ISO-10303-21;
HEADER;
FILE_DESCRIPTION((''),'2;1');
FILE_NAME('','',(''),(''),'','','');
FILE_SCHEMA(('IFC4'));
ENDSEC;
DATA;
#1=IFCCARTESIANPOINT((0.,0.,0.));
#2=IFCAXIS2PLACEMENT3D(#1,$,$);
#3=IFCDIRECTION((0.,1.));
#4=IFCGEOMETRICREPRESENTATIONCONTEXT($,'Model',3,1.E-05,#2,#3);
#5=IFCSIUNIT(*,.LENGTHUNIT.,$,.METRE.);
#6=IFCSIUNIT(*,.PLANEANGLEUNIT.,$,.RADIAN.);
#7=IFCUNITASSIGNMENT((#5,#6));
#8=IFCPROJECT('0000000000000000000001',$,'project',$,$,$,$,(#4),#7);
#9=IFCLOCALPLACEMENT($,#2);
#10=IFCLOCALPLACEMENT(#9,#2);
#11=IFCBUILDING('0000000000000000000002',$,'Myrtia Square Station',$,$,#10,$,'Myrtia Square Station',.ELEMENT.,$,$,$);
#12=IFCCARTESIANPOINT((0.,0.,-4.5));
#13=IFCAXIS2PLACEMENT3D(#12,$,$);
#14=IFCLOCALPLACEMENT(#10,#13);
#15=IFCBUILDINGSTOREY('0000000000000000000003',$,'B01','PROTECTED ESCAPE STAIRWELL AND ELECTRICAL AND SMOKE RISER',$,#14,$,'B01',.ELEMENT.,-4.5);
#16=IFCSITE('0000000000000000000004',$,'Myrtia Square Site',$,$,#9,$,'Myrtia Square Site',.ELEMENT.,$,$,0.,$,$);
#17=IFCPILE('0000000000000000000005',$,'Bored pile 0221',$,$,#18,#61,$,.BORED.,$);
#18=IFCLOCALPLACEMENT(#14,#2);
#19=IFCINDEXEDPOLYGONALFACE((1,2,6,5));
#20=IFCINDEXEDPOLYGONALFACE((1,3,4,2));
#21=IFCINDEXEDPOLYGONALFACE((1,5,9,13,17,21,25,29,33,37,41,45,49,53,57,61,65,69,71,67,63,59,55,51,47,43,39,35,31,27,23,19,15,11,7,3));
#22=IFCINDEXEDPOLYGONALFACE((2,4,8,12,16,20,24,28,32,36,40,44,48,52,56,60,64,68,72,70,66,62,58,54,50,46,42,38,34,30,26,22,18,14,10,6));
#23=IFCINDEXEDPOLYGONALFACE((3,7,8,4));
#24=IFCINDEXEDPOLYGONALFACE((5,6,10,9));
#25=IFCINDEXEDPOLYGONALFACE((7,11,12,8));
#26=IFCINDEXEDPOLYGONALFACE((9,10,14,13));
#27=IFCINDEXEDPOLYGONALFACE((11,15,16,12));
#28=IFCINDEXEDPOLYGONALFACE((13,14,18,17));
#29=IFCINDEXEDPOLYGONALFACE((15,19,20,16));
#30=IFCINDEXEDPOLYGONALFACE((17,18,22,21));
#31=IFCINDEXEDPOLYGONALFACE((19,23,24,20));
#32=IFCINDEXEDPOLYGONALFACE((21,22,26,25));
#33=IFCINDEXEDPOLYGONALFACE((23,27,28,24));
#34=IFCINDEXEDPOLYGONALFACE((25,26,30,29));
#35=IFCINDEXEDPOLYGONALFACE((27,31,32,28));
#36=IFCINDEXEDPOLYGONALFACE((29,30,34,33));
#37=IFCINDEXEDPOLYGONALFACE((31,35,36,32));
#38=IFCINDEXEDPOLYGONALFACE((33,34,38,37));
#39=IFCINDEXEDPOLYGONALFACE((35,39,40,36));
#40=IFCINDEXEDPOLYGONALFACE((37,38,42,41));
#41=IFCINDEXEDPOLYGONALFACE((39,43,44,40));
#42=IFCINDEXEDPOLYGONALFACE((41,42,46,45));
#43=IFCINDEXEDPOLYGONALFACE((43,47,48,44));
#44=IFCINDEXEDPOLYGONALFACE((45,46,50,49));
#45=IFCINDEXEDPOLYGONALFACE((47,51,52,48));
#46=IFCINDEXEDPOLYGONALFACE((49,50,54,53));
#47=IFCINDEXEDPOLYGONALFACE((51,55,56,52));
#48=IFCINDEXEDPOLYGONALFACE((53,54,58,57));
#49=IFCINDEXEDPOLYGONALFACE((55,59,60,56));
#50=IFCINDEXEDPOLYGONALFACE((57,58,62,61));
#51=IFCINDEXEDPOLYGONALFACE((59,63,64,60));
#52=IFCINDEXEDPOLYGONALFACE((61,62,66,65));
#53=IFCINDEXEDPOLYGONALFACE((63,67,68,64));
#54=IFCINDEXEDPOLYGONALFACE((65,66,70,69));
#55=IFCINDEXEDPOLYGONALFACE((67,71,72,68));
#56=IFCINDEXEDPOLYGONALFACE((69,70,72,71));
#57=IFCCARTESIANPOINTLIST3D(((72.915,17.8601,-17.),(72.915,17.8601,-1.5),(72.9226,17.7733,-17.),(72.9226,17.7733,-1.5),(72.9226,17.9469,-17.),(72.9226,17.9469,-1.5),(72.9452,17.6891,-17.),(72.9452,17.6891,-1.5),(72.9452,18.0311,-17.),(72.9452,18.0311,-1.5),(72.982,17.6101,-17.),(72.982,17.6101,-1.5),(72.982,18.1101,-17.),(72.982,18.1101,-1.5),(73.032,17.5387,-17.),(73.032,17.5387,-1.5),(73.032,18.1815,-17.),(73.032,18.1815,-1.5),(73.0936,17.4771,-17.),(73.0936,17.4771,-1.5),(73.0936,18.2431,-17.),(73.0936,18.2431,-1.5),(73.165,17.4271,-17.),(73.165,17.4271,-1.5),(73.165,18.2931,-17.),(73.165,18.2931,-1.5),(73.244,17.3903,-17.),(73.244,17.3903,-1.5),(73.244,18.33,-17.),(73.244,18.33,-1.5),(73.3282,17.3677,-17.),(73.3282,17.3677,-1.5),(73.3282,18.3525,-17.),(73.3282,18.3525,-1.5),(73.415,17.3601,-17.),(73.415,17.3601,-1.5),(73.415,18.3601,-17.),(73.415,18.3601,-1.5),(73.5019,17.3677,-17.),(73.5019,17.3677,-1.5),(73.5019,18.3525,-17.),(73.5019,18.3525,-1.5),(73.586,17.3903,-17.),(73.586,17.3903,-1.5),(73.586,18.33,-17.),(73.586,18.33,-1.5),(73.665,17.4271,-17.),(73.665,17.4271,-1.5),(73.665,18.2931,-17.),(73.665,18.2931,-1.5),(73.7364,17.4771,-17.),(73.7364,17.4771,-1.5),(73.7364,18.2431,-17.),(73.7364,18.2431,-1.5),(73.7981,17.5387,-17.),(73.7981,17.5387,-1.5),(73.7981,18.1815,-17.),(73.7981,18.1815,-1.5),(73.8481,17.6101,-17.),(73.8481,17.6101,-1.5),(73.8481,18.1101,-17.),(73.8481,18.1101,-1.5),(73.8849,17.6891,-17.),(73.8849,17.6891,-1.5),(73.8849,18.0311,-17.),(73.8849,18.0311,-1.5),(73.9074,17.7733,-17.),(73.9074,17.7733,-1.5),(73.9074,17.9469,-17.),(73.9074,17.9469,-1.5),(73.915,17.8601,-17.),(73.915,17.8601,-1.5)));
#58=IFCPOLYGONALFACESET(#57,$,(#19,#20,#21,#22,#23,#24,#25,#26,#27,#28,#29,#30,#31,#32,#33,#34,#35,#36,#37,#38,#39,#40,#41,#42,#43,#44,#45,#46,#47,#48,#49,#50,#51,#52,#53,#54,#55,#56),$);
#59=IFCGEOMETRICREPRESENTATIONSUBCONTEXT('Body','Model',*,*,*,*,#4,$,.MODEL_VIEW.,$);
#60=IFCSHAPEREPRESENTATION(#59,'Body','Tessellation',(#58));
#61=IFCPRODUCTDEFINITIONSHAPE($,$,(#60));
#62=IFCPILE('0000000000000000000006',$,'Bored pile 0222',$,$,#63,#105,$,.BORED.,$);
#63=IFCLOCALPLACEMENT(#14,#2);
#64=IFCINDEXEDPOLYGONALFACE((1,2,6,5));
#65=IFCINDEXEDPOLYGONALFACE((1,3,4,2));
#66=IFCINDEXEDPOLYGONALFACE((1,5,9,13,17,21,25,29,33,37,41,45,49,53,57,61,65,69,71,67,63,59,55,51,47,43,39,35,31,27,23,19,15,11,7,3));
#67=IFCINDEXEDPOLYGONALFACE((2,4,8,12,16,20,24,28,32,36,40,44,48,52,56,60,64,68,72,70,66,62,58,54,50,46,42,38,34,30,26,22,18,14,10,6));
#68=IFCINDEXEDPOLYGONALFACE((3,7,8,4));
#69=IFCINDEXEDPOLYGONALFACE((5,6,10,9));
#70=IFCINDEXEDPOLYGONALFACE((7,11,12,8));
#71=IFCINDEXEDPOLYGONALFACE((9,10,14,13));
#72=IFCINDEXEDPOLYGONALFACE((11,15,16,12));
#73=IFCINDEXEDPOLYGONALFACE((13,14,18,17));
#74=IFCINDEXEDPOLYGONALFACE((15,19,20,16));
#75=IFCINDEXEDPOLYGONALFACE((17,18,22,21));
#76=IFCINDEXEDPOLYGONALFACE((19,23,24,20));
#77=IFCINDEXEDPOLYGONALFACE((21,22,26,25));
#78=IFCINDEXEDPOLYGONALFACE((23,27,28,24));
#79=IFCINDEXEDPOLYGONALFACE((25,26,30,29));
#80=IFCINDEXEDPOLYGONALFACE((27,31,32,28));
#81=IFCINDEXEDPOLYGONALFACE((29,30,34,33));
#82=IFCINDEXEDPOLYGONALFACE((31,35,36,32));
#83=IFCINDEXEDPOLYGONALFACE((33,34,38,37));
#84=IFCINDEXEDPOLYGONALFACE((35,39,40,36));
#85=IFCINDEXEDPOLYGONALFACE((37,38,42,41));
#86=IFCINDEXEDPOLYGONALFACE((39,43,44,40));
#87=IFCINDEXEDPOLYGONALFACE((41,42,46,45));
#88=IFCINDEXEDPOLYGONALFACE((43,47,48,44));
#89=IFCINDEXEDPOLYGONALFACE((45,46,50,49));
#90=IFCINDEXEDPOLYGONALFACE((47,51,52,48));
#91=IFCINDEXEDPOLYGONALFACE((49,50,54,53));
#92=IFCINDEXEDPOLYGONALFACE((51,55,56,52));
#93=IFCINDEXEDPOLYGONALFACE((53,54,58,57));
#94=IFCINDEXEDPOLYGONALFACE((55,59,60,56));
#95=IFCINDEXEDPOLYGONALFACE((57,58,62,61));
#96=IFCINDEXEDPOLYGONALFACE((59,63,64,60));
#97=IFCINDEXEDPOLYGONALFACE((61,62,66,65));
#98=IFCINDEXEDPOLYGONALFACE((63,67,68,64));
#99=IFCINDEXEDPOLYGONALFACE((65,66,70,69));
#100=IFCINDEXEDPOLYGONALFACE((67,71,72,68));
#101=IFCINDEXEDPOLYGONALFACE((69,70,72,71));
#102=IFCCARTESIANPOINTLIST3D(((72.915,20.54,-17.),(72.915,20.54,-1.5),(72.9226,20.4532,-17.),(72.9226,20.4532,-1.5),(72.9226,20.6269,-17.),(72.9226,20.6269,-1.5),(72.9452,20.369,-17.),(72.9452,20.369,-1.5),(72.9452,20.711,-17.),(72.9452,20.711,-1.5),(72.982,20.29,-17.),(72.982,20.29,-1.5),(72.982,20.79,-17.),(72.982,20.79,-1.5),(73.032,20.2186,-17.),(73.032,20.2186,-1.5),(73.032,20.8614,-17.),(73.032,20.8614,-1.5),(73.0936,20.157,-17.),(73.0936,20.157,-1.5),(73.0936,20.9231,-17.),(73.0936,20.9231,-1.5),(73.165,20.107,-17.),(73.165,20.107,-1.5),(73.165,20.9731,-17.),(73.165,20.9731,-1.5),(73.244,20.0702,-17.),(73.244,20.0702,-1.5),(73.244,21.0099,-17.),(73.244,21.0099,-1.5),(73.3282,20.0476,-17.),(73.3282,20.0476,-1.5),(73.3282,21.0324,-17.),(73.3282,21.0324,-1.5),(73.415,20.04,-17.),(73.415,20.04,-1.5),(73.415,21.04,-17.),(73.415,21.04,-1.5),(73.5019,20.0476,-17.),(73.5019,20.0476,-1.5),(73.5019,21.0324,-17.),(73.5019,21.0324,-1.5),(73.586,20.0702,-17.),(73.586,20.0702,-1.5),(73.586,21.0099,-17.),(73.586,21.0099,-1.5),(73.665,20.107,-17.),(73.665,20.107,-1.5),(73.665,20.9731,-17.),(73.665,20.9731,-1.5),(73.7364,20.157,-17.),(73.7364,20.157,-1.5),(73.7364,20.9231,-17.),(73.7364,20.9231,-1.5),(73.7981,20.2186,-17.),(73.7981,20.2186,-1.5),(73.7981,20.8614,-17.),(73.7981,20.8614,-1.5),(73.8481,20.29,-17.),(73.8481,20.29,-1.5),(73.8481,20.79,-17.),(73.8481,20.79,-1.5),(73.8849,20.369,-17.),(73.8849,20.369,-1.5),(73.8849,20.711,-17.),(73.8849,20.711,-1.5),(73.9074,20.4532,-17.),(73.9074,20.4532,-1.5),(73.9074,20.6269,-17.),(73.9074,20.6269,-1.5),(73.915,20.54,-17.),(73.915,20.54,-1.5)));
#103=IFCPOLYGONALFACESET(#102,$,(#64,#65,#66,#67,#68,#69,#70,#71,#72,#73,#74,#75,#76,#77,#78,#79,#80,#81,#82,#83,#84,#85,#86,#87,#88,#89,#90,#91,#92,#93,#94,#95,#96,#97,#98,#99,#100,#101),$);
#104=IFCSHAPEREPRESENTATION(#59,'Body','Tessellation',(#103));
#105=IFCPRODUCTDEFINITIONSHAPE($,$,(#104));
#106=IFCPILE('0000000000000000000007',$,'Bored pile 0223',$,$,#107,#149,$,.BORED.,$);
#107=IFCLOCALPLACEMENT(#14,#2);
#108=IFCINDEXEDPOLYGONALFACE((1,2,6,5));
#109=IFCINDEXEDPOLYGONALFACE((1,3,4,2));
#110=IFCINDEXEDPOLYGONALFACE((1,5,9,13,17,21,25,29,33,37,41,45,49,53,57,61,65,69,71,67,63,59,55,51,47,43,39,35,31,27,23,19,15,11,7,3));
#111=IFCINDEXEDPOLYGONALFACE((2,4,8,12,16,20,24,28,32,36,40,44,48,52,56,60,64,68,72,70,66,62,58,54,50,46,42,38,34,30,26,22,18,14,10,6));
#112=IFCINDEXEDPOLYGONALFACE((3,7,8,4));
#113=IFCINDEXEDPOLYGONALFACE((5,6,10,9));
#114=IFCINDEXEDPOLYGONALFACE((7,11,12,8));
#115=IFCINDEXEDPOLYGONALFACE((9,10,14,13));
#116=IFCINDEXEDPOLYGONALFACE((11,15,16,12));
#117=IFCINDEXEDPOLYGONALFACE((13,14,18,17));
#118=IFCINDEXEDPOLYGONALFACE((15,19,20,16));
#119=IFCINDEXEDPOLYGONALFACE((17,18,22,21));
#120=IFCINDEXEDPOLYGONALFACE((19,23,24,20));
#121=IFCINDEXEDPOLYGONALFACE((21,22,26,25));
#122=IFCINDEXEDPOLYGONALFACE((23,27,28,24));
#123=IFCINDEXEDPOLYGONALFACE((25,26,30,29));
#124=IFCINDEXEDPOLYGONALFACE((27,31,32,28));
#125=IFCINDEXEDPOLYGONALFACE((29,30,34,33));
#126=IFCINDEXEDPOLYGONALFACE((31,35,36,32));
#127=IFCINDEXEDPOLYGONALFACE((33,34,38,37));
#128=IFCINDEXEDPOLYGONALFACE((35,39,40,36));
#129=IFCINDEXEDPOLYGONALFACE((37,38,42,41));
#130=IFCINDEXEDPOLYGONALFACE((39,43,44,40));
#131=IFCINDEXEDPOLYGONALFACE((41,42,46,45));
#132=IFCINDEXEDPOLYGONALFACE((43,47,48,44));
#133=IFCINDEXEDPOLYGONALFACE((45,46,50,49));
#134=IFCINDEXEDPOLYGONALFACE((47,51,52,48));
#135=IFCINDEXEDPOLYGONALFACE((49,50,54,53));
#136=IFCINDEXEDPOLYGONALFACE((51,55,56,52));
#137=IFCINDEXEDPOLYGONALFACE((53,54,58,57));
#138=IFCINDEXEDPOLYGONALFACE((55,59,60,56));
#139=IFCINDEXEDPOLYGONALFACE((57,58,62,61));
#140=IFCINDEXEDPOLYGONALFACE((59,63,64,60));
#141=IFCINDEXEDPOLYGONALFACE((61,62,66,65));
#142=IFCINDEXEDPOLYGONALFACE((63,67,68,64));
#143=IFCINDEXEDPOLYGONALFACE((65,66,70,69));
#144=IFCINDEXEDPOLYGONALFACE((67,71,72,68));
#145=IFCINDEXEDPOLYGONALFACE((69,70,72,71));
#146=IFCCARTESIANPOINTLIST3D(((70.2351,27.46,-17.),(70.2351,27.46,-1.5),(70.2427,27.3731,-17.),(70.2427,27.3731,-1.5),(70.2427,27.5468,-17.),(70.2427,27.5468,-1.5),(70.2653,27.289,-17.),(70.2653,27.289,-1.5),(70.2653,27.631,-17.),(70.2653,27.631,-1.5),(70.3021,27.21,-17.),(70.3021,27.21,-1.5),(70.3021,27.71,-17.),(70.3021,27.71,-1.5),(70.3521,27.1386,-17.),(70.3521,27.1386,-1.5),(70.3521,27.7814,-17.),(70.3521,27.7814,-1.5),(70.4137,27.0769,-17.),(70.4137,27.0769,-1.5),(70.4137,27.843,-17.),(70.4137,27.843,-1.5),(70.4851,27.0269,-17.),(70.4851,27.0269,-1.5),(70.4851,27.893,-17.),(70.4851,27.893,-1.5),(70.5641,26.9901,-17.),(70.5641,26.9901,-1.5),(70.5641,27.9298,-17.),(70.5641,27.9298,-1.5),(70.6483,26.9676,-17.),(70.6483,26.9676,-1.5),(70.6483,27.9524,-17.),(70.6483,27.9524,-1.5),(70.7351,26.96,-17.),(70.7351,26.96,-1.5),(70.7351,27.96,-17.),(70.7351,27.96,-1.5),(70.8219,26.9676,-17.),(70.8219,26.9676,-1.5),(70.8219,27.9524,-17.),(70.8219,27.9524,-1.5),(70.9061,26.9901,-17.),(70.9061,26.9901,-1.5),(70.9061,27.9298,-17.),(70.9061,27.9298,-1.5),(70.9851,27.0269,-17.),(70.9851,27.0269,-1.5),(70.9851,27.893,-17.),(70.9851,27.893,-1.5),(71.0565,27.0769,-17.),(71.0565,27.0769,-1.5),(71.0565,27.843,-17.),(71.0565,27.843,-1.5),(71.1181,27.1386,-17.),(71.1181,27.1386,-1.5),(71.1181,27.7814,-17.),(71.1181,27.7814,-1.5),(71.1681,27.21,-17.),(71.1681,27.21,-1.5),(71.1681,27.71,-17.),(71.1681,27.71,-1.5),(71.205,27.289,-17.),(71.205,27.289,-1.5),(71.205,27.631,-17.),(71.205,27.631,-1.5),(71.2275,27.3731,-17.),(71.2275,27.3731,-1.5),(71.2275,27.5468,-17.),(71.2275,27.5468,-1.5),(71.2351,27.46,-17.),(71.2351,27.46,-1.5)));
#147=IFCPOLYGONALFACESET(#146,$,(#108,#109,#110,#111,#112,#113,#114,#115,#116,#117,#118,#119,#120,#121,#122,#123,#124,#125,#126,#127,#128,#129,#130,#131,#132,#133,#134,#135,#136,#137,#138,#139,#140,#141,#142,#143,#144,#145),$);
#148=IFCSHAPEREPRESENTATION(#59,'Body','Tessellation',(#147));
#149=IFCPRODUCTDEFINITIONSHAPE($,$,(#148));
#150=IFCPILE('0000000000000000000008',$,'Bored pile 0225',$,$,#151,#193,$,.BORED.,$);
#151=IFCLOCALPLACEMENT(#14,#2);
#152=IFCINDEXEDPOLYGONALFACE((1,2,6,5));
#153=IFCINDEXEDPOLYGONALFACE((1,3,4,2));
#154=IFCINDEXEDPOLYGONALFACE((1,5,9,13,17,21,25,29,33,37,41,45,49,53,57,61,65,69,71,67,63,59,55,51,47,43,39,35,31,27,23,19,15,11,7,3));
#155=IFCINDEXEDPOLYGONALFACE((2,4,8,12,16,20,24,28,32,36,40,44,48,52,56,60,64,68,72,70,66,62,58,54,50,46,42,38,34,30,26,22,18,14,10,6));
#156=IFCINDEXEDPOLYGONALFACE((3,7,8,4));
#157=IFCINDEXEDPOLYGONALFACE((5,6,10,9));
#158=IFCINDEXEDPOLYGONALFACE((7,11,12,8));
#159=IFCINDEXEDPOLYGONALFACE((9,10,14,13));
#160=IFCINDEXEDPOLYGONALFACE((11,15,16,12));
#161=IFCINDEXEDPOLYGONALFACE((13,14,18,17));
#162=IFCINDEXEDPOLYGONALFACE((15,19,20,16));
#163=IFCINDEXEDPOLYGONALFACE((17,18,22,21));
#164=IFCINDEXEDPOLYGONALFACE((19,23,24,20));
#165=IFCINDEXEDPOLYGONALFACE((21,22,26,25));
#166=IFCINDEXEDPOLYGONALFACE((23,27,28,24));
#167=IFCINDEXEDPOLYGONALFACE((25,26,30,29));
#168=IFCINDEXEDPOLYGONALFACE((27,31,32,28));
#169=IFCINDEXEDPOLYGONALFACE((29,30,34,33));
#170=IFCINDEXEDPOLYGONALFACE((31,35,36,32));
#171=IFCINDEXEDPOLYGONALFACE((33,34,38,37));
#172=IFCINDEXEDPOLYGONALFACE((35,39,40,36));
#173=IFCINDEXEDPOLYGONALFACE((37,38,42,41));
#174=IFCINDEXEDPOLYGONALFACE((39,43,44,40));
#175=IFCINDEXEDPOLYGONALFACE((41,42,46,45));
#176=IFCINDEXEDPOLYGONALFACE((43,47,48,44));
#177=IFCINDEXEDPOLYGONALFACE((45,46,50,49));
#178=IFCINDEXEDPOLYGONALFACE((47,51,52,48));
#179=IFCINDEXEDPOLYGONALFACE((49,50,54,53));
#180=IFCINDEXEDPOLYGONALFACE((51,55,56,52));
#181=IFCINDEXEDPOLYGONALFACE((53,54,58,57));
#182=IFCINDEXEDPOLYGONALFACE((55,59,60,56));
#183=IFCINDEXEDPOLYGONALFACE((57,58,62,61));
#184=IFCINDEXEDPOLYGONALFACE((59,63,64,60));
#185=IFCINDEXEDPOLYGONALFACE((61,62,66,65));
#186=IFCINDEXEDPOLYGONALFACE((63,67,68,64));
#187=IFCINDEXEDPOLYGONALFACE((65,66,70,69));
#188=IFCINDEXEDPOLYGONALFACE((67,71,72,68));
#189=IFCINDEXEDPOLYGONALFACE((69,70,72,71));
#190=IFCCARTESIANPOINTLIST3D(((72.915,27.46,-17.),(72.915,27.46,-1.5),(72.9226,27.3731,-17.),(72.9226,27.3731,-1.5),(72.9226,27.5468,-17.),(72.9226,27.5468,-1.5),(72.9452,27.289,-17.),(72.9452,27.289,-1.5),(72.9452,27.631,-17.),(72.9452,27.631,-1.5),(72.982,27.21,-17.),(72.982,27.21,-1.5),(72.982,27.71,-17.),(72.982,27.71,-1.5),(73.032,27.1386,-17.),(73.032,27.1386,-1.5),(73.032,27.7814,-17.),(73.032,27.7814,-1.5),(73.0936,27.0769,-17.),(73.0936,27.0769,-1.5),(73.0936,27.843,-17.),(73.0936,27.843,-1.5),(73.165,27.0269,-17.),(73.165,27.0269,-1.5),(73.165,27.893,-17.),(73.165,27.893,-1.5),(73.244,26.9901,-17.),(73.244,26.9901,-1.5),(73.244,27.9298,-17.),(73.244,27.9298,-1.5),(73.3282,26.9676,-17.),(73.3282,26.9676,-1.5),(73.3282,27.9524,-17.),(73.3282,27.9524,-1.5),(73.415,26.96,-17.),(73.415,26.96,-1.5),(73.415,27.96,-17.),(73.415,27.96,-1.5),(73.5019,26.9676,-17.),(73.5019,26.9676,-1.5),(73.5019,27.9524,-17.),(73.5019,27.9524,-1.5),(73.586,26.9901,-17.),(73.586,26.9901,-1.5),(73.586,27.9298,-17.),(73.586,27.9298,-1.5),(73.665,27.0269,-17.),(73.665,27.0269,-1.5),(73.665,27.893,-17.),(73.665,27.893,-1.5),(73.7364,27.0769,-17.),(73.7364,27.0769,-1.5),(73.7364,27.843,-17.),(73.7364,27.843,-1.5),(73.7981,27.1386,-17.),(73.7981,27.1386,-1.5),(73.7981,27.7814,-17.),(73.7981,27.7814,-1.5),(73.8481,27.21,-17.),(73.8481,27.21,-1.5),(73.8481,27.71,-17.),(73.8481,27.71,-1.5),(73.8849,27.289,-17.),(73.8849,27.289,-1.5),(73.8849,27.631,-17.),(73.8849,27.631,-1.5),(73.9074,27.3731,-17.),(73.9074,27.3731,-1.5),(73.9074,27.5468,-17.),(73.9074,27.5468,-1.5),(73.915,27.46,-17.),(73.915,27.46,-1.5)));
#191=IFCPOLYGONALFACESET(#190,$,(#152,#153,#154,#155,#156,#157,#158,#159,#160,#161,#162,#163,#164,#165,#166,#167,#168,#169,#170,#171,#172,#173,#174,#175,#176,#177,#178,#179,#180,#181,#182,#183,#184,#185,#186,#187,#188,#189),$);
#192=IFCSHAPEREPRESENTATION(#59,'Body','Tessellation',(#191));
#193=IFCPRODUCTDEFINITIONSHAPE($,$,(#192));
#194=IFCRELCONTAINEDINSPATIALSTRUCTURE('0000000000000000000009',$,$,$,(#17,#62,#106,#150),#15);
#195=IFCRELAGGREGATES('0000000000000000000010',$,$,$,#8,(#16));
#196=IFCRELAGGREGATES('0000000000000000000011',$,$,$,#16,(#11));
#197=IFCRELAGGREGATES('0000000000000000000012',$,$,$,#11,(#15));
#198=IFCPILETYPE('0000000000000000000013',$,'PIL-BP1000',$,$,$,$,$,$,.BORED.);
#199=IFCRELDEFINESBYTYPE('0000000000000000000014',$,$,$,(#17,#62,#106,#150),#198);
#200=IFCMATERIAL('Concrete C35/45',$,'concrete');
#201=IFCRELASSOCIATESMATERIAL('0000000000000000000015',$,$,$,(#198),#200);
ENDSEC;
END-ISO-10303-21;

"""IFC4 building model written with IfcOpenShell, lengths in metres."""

from ifc_helpers import new_model, si_unit, direction, frame, origin, origin_2d, place, context, subcontext, project, spatial, circle, extrude, material, material_profile, profile_set, type_object, element, save


model = new_model("IFC4")

# Units and contexts
model_context = context("Model", 3, precision=1e-05, world=origin(), true_north=direction((0.0, 1.0)))
body_context = subcontext(model_context, "Body", "Model", "MODEL_VIEW")
ifc_project = project(units=[si_unit("LENGTHUNIT", "METRE"), si_unit("PLANEANGLEUNIT", "RADIAN")], contexts=[model_context])

# Site, building, storey
site_placement = place(None, origin())
site = spatial("IfcSite", under=ifc_project, at=site_placement, Name="Myrtia Square Site", LongName="Myrtia Square Site", CompositionType="ELEMENT", RefElevation=0.0)
building_placement = place(site_placement, origin())
building = spatial("IfcBuilding", under=site, at=building_placement, Name="Myrtia Square Station", LongName="Myrtia Square Station", CompositionType="ELEMENT")
storey_placement = place(building_placement, frame((0.0, 0.0, -4.5)))
storey = spatial("IfcBuildingStorey", under=building, at=storey_placement, Name="B01", Description="PROTECTED ESCAPE STAIRWELL AND ELECTRICAL AND SMOKE RISER", LongName="B01", CompositionType="ELEMENT", Elevation=-4.5)

# Shared definitions
ifc_material_1 = material(Name="Concrete C35/45", Category="concrete")

# Piles
ifc_material_profile_1 = material_profile(ifc_material_1, circle(Radius=0.5, at=origin_2d()), Name="BP D1000")
ifc_profile_set_1 = profile_set([ifc_material_profile_1], Name="Concrete C35/45")
pile_type_1 = type_object("IfcPileType", Name="PIL-BP1000", PredefinedType="BORED", material=ifc_profile_set_1)
for number, where, z_axis, x_axis, name in (
    (1, (73.415, 17.8601, -1.5), (0.0, 0.0, -1.0), (1.0, 0.0, 0.0), "Bored pile 0221"),
    (2, (73.415, 20.54, -1.5), (0.0, 0.0, -1.0), (1.0, 0.0, 0.0), "Bored pile 0222"),
    (3, (70.7351, 27.46, -1.5), (0.0, 0.0, -1.0), (1.0, 0.0, 0.0), "Bored pile 0223"),
    (4, (73.415, 27.46, -1.5), (0.0, 0.0, -1.0), (1.0, 0.0, 0.0), "Bored pile 0225"),
):
    element("IfcPile", number, at=place(storey_placement, frame(where, z_axis=z_axis, x_axis=x_axis)), inside=storey, type_object=pile_type_1, Name=name, PredefinedType="BORED", context=body_context, shape_type="SweptSolid", body=[
        extrude(circle(Radius=0.5, at=origin_2d()), origin(), (0.0, 0.0, 1.0), 15.5),
    ])

save(model, "model.ifc")
